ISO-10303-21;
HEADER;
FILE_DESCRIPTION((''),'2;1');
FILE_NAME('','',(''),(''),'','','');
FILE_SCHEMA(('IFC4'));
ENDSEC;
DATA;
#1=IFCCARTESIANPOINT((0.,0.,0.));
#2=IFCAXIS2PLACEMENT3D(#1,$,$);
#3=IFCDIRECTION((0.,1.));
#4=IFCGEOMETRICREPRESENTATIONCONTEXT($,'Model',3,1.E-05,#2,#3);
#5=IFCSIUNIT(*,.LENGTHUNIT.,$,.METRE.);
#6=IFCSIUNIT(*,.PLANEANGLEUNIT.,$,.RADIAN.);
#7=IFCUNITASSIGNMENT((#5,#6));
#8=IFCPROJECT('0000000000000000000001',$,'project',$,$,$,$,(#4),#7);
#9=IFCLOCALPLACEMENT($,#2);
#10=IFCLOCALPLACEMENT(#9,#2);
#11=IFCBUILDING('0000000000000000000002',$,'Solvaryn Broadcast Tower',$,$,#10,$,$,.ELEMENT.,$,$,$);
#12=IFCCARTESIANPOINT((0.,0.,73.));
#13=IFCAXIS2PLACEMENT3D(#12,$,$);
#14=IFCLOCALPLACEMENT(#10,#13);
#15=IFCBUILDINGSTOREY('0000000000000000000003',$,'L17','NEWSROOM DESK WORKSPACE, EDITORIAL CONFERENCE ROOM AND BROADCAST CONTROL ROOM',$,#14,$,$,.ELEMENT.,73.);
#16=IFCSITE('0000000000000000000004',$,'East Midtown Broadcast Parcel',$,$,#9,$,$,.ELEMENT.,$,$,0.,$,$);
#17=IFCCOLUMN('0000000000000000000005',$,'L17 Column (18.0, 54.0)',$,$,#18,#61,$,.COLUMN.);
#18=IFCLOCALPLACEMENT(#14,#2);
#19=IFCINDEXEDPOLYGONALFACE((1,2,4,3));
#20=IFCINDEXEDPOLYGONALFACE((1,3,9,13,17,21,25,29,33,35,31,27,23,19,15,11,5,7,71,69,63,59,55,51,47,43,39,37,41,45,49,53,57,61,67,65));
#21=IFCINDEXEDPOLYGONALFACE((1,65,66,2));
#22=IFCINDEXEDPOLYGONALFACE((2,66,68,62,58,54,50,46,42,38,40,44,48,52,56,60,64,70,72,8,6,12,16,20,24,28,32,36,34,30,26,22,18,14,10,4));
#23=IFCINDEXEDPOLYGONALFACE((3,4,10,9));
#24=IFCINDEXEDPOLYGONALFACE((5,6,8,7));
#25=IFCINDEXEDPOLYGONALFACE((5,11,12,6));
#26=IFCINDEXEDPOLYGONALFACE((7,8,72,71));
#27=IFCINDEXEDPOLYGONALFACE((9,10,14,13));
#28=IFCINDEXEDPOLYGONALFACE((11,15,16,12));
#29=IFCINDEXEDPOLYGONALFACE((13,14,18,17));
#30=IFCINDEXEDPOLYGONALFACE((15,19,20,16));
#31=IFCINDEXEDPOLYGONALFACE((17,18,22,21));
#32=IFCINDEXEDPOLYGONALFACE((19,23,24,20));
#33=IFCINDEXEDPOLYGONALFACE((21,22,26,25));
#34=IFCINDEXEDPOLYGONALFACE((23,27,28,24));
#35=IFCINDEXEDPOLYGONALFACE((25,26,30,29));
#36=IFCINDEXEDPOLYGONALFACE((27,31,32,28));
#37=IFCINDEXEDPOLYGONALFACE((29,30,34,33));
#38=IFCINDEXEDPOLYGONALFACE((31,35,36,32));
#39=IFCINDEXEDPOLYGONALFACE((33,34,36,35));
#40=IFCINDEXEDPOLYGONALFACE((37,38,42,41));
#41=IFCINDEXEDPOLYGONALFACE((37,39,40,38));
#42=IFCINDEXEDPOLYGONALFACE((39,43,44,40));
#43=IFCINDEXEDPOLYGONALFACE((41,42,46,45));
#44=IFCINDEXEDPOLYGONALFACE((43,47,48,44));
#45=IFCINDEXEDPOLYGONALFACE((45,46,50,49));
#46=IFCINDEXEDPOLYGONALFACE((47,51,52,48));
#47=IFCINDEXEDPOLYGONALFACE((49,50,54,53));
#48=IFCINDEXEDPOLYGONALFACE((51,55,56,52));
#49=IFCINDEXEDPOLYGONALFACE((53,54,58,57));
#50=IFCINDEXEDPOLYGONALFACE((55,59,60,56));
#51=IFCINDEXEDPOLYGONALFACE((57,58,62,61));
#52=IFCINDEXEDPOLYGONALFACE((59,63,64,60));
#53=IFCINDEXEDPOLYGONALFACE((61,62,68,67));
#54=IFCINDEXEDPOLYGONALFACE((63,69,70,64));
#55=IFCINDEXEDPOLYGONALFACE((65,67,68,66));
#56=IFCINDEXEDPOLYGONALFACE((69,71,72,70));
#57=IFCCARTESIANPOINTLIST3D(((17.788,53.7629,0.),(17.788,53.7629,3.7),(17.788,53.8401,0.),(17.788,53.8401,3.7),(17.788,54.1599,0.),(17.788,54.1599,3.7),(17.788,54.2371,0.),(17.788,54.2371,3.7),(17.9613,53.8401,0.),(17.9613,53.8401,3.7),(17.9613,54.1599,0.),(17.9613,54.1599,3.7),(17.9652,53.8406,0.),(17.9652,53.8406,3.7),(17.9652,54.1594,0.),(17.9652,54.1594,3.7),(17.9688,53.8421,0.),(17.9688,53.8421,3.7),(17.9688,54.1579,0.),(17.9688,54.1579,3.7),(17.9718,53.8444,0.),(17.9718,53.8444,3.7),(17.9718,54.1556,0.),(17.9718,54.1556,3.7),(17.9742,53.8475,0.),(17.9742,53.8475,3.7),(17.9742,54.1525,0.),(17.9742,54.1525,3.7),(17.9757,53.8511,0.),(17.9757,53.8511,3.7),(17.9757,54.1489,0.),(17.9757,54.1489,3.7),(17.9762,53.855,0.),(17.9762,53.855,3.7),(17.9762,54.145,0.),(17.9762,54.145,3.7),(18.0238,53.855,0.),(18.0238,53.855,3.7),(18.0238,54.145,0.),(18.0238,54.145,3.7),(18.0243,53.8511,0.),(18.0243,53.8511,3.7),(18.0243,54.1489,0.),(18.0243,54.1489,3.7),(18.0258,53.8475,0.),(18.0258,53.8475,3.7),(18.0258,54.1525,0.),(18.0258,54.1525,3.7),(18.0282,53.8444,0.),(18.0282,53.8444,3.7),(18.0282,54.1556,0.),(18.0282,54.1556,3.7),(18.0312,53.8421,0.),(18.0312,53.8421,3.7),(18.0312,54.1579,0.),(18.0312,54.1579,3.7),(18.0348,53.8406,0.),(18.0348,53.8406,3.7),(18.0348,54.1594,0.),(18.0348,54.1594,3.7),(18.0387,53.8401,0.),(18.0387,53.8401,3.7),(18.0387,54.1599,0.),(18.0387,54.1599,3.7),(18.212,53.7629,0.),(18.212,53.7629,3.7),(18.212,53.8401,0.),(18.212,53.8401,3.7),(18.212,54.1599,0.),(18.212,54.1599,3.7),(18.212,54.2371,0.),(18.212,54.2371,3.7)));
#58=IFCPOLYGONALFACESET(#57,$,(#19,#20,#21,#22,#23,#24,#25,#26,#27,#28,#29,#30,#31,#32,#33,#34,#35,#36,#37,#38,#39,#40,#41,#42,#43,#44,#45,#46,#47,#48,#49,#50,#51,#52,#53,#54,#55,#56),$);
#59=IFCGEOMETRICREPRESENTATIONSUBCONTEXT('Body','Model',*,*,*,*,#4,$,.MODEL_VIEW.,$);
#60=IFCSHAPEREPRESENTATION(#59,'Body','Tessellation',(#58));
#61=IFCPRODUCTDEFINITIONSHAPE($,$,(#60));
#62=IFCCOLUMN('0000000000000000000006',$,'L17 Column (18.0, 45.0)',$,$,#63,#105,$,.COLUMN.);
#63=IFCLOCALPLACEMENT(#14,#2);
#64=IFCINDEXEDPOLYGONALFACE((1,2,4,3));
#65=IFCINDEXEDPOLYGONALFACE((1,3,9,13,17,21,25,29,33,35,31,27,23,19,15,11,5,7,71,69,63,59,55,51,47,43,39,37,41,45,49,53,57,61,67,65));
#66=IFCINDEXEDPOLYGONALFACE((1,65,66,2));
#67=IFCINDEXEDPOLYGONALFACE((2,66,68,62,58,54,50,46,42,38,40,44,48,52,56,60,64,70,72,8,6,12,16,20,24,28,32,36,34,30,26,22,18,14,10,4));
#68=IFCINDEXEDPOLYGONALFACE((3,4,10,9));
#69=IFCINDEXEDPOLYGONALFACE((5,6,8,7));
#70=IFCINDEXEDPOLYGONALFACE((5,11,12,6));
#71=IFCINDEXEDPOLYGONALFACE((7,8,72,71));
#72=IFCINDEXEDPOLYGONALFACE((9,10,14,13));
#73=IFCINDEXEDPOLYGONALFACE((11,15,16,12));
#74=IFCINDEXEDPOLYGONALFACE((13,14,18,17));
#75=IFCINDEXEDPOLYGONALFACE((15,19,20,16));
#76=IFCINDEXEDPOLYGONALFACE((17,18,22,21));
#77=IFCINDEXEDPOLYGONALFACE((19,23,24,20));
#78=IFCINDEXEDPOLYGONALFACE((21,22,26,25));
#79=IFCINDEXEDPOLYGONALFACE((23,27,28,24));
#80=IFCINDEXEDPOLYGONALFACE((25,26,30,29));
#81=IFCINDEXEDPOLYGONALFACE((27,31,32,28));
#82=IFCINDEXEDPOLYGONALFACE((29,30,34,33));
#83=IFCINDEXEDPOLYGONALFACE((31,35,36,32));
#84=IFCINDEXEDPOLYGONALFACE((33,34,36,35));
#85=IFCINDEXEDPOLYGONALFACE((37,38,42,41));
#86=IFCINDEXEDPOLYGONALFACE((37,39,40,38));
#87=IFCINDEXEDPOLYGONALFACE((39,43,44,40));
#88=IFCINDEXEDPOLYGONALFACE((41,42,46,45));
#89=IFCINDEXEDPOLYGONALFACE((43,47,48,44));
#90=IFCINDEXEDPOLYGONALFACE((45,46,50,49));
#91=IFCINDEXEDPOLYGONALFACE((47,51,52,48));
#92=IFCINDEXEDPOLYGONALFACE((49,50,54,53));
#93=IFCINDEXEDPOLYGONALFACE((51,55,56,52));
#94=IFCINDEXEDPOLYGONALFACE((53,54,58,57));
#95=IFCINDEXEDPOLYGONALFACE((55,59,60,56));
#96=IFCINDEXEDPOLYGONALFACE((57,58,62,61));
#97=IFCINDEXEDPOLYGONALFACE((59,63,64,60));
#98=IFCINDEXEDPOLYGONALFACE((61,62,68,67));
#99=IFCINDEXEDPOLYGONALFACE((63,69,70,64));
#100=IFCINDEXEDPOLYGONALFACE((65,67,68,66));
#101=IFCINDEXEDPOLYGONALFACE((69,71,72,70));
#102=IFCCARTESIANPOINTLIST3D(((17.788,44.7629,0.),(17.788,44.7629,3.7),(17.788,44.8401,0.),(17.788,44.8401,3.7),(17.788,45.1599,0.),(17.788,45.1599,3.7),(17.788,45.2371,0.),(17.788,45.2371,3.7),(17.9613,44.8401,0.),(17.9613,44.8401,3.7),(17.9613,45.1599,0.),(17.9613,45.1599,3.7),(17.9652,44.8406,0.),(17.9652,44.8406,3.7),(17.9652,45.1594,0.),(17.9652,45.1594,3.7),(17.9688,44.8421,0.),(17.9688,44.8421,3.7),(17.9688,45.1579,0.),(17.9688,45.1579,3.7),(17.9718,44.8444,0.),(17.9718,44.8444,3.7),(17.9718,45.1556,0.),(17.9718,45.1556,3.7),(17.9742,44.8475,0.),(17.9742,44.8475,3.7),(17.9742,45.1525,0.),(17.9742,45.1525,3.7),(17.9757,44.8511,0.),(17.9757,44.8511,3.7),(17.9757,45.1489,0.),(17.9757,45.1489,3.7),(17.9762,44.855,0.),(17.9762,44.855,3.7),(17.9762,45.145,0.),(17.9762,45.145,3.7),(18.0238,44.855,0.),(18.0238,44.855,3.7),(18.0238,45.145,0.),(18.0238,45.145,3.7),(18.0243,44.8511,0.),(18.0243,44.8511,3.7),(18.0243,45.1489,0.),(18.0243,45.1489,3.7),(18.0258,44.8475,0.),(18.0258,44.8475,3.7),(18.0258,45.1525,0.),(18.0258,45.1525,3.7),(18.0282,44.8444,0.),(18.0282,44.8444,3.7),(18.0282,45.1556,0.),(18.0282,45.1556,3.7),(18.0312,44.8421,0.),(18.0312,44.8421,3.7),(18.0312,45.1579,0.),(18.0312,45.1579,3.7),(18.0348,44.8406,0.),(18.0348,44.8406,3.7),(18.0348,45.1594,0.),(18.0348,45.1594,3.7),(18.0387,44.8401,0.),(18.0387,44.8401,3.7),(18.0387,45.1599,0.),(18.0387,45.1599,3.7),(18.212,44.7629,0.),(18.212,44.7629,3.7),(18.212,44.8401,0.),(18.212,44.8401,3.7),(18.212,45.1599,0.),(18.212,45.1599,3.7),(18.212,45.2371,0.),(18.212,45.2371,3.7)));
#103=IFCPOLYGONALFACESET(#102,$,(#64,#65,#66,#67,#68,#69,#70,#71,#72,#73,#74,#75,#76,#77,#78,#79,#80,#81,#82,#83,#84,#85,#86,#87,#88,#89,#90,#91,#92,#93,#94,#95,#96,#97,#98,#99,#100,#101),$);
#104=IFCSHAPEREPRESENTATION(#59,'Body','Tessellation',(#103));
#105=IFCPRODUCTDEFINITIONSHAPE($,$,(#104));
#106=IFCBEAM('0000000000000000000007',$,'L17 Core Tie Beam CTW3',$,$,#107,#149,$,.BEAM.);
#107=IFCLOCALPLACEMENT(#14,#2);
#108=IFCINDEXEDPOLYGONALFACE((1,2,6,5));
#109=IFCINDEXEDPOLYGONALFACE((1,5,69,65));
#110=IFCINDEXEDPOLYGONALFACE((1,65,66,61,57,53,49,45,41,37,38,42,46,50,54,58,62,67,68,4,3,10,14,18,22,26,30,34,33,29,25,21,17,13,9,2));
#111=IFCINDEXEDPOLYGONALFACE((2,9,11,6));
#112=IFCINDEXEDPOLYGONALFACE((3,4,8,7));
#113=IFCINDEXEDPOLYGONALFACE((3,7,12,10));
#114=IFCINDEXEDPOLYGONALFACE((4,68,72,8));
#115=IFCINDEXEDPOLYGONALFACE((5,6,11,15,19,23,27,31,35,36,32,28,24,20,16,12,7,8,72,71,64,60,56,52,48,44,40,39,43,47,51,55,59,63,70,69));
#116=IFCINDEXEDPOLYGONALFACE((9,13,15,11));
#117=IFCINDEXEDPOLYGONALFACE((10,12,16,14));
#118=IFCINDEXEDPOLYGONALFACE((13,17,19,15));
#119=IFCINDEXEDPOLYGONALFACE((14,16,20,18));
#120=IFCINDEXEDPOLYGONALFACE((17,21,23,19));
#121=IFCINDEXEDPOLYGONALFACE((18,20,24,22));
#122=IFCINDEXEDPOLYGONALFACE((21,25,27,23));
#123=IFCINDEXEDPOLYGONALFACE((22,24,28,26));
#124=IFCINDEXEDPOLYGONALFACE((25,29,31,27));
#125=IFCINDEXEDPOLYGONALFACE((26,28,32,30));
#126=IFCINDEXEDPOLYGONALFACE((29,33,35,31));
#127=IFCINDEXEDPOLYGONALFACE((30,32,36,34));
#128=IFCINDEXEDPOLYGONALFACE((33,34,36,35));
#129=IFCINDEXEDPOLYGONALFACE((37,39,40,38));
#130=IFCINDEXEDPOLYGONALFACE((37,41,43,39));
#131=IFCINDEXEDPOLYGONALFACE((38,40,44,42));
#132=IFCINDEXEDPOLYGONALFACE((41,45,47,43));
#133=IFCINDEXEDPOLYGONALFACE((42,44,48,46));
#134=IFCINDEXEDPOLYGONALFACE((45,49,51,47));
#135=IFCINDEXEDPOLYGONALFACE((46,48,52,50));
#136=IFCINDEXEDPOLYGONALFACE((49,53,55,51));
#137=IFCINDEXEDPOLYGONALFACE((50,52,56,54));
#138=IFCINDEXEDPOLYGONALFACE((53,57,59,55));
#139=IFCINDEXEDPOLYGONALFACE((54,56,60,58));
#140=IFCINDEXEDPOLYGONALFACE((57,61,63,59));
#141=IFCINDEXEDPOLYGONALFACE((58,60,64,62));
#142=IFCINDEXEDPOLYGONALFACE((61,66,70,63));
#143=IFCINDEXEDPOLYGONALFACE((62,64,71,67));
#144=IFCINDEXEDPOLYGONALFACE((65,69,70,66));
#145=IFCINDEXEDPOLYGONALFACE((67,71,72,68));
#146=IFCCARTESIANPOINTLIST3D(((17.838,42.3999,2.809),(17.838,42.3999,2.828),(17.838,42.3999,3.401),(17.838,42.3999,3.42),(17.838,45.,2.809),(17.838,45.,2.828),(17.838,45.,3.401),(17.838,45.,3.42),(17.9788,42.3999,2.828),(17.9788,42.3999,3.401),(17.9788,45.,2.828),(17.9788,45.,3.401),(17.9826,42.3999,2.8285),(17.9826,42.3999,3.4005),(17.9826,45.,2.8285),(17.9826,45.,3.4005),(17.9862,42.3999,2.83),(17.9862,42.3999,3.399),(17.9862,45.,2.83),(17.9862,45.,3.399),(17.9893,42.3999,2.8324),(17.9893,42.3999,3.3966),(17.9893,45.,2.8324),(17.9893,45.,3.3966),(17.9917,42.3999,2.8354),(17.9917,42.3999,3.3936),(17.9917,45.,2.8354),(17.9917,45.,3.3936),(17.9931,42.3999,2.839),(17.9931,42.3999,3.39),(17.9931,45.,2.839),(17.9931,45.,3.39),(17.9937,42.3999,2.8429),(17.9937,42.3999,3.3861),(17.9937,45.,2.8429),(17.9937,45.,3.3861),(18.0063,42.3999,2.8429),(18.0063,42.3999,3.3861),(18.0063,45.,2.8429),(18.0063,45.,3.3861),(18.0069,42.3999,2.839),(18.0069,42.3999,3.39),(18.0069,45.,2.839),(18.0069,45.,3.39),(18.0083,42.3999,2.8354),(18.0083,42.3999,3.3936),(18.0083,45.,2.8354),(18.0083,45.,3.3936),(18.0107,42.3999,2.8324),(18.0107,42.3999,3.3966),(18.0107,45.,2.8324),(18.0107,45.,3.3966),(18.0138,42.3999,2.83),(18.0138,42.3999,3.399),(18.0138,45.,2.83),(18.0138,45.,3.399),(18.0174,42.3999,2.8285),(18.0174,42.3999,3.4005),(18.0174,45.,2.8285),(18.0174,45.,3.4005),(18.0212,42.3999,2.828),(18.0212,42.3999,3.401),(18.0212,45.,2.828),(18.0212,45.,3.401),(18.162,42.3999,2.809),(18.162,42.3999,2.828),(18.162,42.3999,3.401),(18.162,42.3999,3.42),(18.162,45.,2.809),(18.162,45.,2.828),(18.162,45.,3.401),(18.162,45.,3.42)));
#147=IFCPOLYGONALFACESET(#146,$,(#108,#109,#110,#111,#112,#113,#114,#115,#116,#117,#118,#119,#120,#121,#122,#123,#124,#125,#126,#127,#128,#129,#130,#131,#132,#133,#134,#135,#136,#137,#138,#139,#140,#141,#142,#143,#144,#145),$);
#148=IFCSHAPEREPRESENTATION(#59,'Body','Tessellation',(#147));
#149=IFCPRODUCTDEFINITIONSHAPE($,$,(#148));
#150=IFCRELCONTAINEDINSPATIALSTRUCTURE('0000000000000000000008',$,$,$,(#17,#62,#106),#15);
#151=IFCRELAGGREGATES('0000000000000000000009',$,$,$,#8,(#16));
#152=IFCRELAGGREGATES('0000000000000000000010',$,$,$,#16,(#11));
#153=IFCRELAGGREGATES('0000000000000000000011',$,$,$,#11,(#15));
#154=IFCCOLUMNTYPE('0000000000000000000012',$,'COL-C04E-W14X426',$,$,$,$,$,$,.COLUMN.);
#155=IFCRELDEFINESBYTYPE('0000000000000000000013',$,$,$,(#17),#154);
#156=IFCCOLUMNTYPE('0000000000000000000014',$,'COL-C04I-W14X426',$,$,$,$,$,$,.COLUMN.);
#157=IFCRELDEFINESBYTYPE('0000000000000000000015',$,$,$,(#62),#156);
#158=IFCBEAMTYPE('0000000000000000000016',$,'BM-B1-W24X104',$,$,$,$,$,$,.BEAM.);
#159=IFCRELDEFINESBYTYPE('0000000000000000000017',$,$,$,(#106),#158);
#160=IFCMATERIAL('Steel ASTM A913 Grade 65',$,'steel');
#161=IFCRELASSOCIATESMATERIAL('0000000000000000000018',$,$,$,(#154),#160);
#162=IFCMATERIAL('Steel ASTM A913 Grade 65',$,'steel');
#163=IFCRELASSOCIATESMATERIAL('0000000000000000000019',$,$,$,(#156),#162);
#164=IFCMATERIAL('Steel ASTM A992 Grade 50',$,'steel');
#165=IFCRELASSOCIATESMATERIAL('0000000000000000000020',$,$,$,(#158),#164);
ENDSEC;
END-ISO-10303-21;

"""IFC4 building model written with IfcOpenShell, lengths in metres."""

from ifc_helpers import new_model, si_unit, direction, frame, origin, origin_2d, place, context, subcontext, project, spatial, i_section, extrude, material, material_profile, profile_set, type_object, element, save


model = new_model("IFC4")

# Units and contexts
model_context = context("Model", 3, precision=1e-05, world=origin(), true_north=direction((0.0, 1.0)))
body_context = subcontext(model_context, "Body", "Model", "MODEL_VIEW")
ifc_project = project(units=[si_unit("LENGTHUNIT", "METRE"), si_unit("PLANEANGLEUNIT", "RADIAN")], contexts=[model_context])

# Site, building, storey
site_placement = place(None, origin())
site = spatial("IfcSite", under=ifc_project, at=site_placement, Name="East Midtown Broadcast Parcel", CompositionType="ELEMENT", RefElevation=0.0)
building_placement = place(site_placement, origin())
building = spatial("IfcBuilding", under=site, at=building_placement, Name="Solvaryn Broadcast Tower", CompositionType="ELEMENT")
storey_placement = place(building_placement, frame((0.0, 0.0, 73.0)))
storey = spatial("IfcBuildingStorey", under=building, at=storey_placement, Name="L17", Description="NEWSROOM DESK WORKSPACE, EDITORIAL CONFERENCE ROOM AND BROADCAST CONTROL ROOM", CompositionType="ELEMENT", Elevation=73.0)

# Columns
ifc_material_1 = material(Name="Steel ASTM A913 Grade 65", Category="steel")
ifc_material_profile_1 = material_profile(ifc_material_1, i_section(OverallWidth=0.4241, OverallDepth=0.4741, WebThickness=0.0476, FlangeThickness=0.0771, FilletRadius=0.0149, at=origin_2d()))
ifc_profile_set_1 = profile_set([ifc_material_profile_1], Name="Steel ASTM A913 Grade 65")
column_type_1 = type_object("IfcColumnType", Name="COL-C04E-W14X426", PredefinedType="COLUMN", material=ifc_profile_set_1)
column_1_placement = place(storey_placement, frame((18.0, 54.0, 0.0), z_axis=(0.0, 0.0, 1.0), x_axis=(1.0, 0.0, 0.0)))
element("IfcColumn", 1, at=column_1_placement, inside=storey, type_object=column_type_1, Name="L17 Column (18.0, 54.0)", PredefinedType="COLUMN", context=body_context, shape_type="SweptSolid", body=[
    extrude(i_section(OverallWidth=0.4241, OverallDepth=0.4741, WebThickness=0.0476, FlangeThickness=0.0771, FilletRadius=0.0149, at=origin_2d()), origin(), (0.0, 0.0, 1.0), 3.7),
])
ifc_material_2 = material(Name="Steel ASTM A913 Grade 65", Category="steel")
ifc_material_profile_2 = material_profile(ifc_material_2, i_section(OverallWidth=0.4241, OverallDepth=0.4741, WebThickness=0.0476, FlangeThickness=0.0771, FilletRadius=0.0149, at=origin_2d()))
ifc_profile_set_2 = profile_set([ifc_material_profile_2], Name="Steel ASTM A913 Grade 65")
column_type_2 = type_object("IfcColumnType", Name="COL-C04I-W14X426", PredefinedType="COLUMN", material=ifc_profile_set_2)
column_2_placement = place(storey_placement, frame((18.0, 45.0, 0.0), z_axis=(0.0, 0.0, 1.0), x_axis=(1.0, 0.0, 0.0)))
element("IfcColumn", 2, at=column_2_placement, inside=storey, type_object=column_type_2, Name="L17 Column (18.0, 45.0)", PredefinedType="COLUMN", context=body_context, shape_type="SweptSolid", body=[
    extrude(i_section(OverallWidth=0.4241, OverallDepth=0.4741, WebThickness=0.0476, FlangeThickness=0.0771, FilletRadius=0.0149, at=origin_2d()), origin(), (0.0, 0.0, 1.0), 3.7),
])

# Beam
ifc_material_3 = material(Name="Steel ASTM A992 Grade 50", Category="steel")
ifc_material_profile_3 = material_profile(ifc_material_3, i_section(OverallWidth=0.324, OverallDepth=0.6111, WebThickness=0.0127, FlangeThickness=0.019, FilletRadius=0.0149, at=origin_2d()))
ifc_profile_set_3 = profile_set([ifc_material_profile_3], Name="Steel ASTM A992 Grade 50")
beam_type_1 = type_object("IfcBeamType", Name="BM-B1-W24X104", PredefinedType="BEAM", material=ifc_profile_set_3)
beam_1_placement = place(storey_placement, frame((18.0, 42.3999, 3.1145), z_axis=(0.0, 1.0, 0.0), x_axis=(-1.0, 0.0, 0.0)))
element("IfcBeam", 3, at=beam_1_placement, inside=storey, type_object=beam_type_1, Name="L17 Core Tie Beam CTW3", PredefinedType="BEAM", context=body_context, shape_type="SweptSolid", body=[
    extrude(i_section(OverallWidth=0.324, OverallDepth=0.6111, WebThickness=0.0127, FlangeThickness=0.019, FilletRadius=0.0149, at=origin_2d()), origin(), (0.0, 0.0, 1.0), 2.6001),
])

save(model, "model.ifc")
